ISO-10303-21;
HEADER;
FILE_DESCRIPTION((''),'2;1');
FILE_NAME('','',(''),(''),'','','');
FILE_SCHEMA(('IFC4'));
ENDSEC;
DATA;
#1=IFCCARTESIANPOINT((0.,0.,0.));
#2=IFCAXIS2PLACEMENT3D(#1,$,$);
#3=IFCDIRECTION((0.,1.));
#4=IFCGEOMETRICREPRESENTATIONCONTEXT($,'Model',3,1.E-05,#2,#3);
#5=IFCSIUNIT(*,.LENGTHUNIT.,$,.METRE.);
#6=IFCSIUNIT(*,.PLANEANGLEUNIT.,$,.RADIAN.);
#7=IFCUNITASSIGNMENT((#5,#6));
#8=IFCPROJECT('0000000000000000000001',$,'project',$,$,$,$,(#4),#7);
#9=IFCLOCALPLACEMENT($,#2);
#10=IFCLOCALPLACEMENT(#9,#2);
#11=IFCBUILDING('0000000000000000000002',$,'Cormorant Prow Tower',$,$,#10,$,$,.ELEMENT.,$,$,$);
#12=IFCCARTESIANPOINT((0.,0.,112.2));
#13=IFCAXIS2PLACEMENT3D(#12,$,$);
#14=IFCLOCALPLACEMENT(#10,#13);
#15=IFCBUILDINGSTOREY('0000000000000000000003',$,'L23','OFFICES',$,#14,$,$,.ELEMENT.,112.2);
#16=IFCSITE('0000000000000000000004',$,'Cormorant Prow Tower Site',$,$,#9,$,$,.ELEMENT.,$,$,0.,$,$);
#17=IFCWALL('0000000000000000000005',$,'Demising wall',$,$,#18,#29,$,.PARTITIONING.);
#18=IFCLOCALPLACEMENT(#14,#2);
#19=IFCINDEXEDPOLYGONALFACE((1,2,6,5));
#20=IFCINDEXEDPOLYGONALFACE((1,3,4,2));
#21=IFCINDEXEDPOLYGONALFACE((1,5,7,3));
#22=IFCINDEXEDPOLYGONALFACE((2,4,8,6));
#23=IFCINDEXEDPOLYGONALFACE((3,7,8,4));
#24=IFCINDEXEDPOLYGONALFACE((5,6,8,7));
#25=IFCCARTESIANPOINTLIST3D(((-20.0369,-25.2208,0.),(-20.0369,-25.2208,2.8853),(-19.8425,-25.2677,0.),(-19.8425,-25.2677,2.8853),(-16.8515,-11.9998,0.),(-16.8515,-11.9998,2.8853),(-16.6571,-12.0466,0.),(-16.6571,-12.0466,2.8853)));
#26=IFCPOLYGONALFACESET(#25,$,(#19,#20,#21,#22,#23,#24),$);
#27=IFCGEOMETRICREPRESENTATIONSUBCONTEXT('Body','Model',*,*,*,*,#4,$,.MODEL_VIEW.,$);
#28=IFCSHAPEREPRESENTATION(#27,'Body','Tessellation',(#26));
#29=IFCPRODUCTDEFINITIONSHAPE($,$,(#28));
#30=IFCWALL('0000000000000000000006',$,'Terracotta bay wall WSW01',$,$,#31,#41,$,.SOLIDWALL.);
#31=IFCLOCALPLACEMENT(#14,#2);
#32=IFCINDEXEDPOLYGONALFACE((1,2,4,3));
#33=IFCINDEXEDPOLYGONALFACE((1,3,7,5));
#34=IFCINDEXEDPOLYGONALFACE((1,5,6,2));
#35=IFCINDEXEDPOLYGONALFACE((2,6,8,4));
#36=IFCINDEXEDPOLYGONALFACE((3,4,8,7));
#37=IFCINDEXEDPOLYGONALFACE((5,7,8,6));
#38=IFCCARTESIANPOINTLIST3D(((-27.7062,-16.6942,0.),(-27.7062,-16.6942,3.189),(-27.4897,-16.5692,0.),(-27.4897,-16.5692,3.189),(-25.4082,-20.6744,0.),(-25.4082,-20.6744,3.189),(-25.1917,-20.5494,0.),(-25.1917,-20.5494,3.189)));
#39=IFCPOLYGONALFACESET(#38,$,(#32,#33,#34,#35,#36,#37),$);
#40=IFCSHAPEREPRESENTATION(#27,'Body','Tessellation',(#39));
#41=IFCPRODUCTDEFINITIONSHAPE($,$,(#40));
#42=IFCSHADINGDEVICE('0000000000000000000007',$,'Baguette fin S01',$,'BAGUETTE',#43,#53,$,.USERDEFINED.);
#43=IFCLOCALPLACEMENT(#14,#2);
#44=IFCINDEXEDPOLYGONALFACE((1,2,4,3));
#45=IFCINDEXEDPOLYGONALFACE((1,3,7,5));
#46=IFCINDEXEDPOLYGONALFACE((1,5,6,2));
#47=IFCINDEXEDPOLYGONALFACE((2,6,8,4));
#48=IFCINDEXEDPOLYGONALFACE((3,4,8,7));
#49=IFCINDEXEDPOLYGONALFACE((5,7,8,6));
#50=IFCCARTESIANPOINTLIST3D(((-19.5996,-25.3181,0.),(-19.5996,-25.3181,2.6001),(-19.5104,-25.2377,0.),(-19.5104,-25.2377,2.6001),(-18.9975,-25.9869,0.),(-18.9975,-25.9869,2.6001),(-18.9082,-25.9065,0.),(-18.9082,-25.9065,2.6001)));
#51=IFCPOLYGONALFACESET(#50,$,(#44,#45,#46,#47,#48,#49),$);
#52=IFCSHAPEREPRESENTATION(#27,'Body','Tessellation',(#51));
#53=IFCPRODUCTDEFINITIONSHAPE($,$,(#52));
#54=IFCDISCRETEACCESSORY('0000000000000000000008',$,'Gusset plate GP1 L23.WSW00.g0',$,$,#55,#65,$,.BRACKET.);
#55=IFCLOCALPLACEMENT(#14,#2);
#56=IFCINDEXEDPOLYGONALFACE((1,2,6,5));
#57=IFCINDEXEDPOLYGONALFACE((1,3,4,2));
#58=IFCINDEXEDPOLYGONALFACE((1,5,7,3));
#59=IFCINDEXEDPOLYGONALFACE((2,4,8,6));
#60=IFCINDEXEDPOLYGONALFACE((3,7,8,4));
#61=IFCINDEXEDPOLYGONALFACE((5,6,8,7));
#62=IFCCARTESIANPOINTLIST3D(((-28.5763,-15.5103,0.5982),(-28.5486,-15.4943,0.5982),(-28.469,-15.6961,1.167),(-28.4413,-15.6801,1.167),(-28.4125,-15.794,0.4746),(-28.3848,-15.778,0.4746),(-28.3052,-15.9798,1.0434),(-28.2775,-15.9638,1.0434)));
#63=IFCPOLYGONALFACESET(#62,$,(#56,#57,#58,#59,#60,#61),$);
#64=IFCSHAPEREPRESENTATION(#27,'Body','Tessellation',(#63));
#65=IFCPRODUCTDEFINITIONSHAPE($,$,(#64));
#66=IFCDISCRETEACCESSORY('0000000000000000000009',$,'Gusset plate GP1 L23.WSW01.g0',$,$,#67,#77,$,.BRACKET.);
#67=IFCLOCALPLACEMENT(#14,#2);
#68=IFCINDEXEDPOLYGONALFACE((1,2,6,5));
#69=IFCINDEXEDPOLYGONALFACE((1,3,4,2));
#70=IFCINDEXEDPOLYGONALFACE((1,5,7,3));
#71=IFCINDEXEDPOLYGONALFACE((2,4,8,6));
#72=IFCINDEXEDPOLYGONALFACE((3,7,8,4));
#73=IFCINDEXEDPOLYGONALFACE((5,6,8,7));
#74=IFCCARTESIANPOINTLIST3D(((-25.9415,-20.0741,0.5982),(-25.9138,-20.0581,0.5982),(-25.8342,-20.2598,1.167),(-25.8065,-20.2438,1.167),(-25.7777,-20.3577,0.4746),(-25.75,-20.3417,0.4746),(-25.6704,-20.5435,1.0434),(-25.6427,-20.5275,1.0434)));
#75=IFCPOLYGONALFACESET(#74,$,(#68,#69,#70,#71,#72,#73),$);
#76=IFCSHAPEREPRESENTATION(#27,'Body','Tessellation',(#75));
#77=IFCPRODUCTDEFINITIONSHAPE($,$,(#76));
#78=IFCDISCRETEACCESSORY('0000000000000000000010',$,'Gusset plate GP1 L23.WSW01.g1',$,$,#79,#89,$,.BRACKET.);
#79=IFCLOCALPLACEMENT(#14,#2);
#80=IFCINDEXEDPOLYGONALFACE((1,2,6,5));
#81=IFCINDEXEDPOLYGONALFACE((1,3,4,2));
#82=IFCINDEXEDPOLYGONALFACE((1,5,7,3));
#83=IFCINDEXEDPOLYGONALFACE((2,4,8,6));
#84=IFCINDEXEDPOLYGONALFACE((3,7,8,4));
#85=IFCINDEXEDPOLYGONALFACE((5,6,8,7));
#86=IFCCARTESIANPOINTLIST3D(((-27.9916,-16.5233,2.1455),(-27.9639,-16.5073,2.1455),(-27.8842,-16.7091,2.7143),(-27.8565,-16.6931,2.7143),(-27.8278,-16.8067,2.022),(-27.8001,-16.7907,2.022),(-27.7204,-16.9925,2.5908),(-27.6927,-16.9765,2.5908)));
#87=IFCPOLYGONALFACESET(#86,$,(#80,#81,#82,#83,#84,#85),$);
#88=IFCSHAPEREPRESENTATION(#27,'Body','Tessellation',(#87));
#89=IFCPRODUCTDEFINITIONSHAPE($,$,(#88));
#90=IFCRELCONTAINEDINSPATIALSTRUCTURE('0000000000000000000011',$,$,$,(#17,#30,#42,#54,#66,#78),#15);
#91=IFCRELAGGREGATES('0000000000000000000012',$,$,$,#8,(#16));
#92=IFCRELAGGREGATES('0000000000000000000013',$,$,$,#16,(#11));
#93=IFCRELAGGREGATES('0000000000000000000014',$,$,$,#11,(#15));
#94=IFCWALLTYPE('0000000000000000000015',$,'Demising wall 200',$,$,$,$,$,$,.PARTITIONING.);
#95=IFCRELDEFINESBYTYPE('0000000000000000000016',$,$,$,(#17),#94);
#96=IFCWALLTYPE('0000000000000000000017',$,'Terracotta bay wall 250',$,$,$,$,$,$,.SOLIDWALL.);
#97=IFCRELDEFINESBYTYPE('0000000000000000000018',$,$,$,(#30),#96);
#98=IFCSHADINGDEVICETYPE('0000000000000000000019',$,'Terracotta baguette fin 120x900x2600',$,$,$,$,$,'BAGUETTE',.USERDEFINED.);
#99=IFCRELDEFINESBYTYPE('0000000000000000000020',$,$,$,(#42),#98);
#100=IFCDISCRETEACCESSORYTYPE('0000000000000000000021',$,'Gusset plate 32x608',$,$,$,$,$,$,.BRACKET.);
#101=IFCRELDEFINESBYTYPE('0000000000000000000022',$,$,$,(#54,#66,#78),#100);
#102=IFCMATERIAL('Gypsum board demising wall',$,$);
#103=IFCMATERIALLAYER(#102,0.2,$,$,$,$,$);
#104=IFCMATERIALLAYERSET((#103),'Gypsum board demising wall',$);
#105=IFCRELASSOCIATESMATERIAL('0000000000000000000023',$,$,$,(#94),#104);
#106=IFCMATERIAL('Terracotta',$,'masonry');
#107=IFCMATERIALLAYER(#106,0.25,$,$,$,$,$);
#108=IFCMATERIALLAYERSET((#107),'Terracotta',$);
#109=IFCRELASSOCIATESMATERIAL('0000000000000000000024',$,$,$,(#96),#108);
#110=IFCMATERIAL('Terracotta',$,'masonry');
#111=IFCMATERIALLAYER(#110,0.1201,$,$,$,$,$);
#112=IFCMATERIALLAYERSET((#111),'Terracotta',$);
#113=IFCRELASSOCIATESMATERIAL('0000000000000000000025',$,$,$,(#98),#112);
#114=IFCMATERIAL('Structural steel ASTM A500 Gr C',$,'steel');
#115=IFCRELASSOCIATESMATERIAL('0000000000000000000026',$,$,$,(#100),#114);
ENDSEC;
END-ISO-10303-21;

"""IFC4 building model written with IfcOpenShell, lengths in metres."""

from ifc_helpers import new_model, si_unit, direction, frame, frame_2d, origin, origin_2d, place, context, subcontext, project, spatial, rectangle, extrude, material, layer, layer_set, material_profile, profile_set, type_object, element, save


model = new_model("IFC4")

# Units and contexts
model_context = context("Model", 3, precision=1e-05, world=origin(), true_north=direction((0.0, 1.0)))
body_context = subcontext(model_context, "Body", "Model", "MODEL_VIEW")
ifc_project = project(units=[si_unit("LENGTHUNIT", "METRE"), si_unit("PLANEANGLEUNIT", "RADIAN")], contexts=[model_context])

# Site, building, storey
site_placement = place(None, origin())
site = spatial("IfcSite", under=ifc_project, at=site_placement, Name="Cormorant Prow Tower Site", CompositionType="ELEMENT", RefElevation=0.0)
building_placement = place(site_placement, origin())
building = spatial("IfcBuilding", under=site, at=building_placement, Name="Cormorant Prow Tower", CompositionType="ELEMENT")
storey_placement = place(building_placement, frame((0.0, 0.0, 112.2)))
storey = spatial("IfcBuildingStorey", under=building, at=storey_placement, Name="L23", Description="OFFICES", CompositionType="ELEMENT", Elevation=112.2)

# Walls
ifc_material_1 = material(Name="Gypsum board demising wall")
ifc_layer_1 = layer(ifc_material_1, 0.2)
ifc_layer_set_1 = layer_set([ifc_layer_1], Name="Gypsum board demising wall")
wall_type_1 = type_object("IfcWallType", Name="Demising wall 200", PredefinedType="PARTITIONING", material=ifc_layer_set_1)
wall_1_placement = place(storey_placement, frame((-19.9397, -25.2444, 0.0), z_axis=(0.0, 0.0, 1.0), x_axis=(0.234226, 0.972182, 0.0)))
element("IfcWall", 1, at=wall_1_placement, inside=storey, type_object=wall_type_1, Name="Demising wall", PredefinedType="PARTITIONING", context=body_context, shape_type="SweptSolid", body=[
    extrude(rectangle(XDim=13.5994, YDim=0.2, at=frame_2d((6.7998, 0.0))), origin(), (0.0, 0.0, 1.0), 2.8853),
])
ifc_material_2 = material(Name="Terracotta", Category="masonry")
ifc_layer_2 = layer(ifc_material_2, 0.25)
ifc_layer_set_2 = layer_set([ifc_layer_2], Name="Terracotta")
wall_type_2 = type_object("IfcWallType", Name="Terracotta bay wall 250", PredefinedType="SOLIDWALL", material=ifc_layer_set_2)
wall_2_placement = place(storey_placement, frame((-27.5979, -16.6318, 0.0), z_axis=(0.0, 0.0, 1.0), x_axis=(0.500018, -0.866015, 0.0)))
element("IfcWall", 2, at=wall_2_placement, inside=storey, type_object=wall_type_2, Name="Terracotta bay wall WSW01", PredefinedType="SOLIDWALL", context=body_context, shape_type="SweptSolid", body=[
    extrude(rectangle(XDim=4.5959, YDim=0.25, at=frame_2d((2.2979, 0.0))), origin(), (0.0, 0.0, 1.0), 3.189),
])

# Shading device
ifc_material_3 = material(Name="Terracotta", Category="masonry")
ifc_layer_3 = layer(ifc_material_3, 0.1201)
ifc_layer_set_3 = layer_set([ifc_layer_3], Name="Terracotta")
shading_device_type = type_object("IfcShadingDeviceType", Name="Terracotta baguette fin 120x900x2600", ElementType="BAGUETTE", PredefinedType="USERDEFINED", material=ifc_layer_set_3)
shading_device_placement = place(storey_placement, frame((-19.2539, -25.6123, 0.0), z_axis=(0.0, 0.0, 1.0), x_axis=(0.743145, 0.669131, 0.0)))
element("IfcShadingDevice", 3, at=shading_device_placement, inside=storey, type_object=shading_device_type, Name="Baguette fin S01", ObjectType="BAGUETTE", PredefinedType="USERDEFINED", context=body_context, shape_type="SweptSolid", body=[
    extrude(rectangle(XDim=0.1201, YDim=0.8999, at=origin_2d()), origin(), (0.0, 0.0, 1.0), 2.6001),
])

# Discrete accessories
ifc_material_4 = material(Name="Structural steel ASTM A500 Gr C", Category="steel")
ifc_material_profile_1 = material_profile(ifc_material_4, rectangle(XDim=0.032, YDim=0.6079, at=origin_2d()), Name="Gusset plate 32x608")
ifc_profile_set_1 = profile_set([ifc_material_profile_1], Name="Structural steel ASTM A500 Gr C")
discrete_accessory_type = type_object("IfcDiscreteAccessoryType", Name="Gusset plate 32x608", PredefinedType="BRACKET", material=ifc_profile_set_1)
for number, where, z_axis, x_axis, name in (
    (4, (-28.5088, -15.5952, 0.8826), (0.467903, -0.810288, -0.352845), (0.865987, 0.500067, 0.0), "Gusset plate GP1 L23.WSW00.g0"),
    (5, (-25.874, -20.1589, 0.8826), (0.467903, -0.810288, -0.352845), (0.865987, 0.500067, 0.0), "Gusset plate GP1 L23.WSW01.g0"),
):
    element("IfcDiscreteAccessory", number, at=place(storey_placement, frame(where, z_axis=z_axis, x_axis=x_axis)), inside=storey, type_object=discrete_accessory_type, Name=name, PredefinedType="BRACKET", context=body_context, shape_type="SweptSolid", body=[
        extrude(rectangle(XDim=0.032, YDim=0.6079, at=origin_2d()), origin(), (0.0, 0.0, 1.0), 0.3501),
    ])
discrete_accessory_placement = place(storey_placement, frame((-27.7603, -16.8916, 2.3064), z_axis=(-0.468168, 0.810049, 0.353044), x_axis=(-0.8658, -0.500389, 0.0)))
element("IfcDiscreteAccessory", 6, at=discrete_accessory_placement, inside=storey, type_object=discrete_accessory_type, Name="Gusset plate GP1 L23.WSW01.g1", PredefinedType="BRACKET", context=body_context, shape_type="SweptSolid", body=[
    extrude(rectangle(XDim=0.032, YDim=0.6079, at=origin_2d()), origin(), (0.0, 0.0, 1.0), 0.3499),
])

save(model, "model.ifc")
